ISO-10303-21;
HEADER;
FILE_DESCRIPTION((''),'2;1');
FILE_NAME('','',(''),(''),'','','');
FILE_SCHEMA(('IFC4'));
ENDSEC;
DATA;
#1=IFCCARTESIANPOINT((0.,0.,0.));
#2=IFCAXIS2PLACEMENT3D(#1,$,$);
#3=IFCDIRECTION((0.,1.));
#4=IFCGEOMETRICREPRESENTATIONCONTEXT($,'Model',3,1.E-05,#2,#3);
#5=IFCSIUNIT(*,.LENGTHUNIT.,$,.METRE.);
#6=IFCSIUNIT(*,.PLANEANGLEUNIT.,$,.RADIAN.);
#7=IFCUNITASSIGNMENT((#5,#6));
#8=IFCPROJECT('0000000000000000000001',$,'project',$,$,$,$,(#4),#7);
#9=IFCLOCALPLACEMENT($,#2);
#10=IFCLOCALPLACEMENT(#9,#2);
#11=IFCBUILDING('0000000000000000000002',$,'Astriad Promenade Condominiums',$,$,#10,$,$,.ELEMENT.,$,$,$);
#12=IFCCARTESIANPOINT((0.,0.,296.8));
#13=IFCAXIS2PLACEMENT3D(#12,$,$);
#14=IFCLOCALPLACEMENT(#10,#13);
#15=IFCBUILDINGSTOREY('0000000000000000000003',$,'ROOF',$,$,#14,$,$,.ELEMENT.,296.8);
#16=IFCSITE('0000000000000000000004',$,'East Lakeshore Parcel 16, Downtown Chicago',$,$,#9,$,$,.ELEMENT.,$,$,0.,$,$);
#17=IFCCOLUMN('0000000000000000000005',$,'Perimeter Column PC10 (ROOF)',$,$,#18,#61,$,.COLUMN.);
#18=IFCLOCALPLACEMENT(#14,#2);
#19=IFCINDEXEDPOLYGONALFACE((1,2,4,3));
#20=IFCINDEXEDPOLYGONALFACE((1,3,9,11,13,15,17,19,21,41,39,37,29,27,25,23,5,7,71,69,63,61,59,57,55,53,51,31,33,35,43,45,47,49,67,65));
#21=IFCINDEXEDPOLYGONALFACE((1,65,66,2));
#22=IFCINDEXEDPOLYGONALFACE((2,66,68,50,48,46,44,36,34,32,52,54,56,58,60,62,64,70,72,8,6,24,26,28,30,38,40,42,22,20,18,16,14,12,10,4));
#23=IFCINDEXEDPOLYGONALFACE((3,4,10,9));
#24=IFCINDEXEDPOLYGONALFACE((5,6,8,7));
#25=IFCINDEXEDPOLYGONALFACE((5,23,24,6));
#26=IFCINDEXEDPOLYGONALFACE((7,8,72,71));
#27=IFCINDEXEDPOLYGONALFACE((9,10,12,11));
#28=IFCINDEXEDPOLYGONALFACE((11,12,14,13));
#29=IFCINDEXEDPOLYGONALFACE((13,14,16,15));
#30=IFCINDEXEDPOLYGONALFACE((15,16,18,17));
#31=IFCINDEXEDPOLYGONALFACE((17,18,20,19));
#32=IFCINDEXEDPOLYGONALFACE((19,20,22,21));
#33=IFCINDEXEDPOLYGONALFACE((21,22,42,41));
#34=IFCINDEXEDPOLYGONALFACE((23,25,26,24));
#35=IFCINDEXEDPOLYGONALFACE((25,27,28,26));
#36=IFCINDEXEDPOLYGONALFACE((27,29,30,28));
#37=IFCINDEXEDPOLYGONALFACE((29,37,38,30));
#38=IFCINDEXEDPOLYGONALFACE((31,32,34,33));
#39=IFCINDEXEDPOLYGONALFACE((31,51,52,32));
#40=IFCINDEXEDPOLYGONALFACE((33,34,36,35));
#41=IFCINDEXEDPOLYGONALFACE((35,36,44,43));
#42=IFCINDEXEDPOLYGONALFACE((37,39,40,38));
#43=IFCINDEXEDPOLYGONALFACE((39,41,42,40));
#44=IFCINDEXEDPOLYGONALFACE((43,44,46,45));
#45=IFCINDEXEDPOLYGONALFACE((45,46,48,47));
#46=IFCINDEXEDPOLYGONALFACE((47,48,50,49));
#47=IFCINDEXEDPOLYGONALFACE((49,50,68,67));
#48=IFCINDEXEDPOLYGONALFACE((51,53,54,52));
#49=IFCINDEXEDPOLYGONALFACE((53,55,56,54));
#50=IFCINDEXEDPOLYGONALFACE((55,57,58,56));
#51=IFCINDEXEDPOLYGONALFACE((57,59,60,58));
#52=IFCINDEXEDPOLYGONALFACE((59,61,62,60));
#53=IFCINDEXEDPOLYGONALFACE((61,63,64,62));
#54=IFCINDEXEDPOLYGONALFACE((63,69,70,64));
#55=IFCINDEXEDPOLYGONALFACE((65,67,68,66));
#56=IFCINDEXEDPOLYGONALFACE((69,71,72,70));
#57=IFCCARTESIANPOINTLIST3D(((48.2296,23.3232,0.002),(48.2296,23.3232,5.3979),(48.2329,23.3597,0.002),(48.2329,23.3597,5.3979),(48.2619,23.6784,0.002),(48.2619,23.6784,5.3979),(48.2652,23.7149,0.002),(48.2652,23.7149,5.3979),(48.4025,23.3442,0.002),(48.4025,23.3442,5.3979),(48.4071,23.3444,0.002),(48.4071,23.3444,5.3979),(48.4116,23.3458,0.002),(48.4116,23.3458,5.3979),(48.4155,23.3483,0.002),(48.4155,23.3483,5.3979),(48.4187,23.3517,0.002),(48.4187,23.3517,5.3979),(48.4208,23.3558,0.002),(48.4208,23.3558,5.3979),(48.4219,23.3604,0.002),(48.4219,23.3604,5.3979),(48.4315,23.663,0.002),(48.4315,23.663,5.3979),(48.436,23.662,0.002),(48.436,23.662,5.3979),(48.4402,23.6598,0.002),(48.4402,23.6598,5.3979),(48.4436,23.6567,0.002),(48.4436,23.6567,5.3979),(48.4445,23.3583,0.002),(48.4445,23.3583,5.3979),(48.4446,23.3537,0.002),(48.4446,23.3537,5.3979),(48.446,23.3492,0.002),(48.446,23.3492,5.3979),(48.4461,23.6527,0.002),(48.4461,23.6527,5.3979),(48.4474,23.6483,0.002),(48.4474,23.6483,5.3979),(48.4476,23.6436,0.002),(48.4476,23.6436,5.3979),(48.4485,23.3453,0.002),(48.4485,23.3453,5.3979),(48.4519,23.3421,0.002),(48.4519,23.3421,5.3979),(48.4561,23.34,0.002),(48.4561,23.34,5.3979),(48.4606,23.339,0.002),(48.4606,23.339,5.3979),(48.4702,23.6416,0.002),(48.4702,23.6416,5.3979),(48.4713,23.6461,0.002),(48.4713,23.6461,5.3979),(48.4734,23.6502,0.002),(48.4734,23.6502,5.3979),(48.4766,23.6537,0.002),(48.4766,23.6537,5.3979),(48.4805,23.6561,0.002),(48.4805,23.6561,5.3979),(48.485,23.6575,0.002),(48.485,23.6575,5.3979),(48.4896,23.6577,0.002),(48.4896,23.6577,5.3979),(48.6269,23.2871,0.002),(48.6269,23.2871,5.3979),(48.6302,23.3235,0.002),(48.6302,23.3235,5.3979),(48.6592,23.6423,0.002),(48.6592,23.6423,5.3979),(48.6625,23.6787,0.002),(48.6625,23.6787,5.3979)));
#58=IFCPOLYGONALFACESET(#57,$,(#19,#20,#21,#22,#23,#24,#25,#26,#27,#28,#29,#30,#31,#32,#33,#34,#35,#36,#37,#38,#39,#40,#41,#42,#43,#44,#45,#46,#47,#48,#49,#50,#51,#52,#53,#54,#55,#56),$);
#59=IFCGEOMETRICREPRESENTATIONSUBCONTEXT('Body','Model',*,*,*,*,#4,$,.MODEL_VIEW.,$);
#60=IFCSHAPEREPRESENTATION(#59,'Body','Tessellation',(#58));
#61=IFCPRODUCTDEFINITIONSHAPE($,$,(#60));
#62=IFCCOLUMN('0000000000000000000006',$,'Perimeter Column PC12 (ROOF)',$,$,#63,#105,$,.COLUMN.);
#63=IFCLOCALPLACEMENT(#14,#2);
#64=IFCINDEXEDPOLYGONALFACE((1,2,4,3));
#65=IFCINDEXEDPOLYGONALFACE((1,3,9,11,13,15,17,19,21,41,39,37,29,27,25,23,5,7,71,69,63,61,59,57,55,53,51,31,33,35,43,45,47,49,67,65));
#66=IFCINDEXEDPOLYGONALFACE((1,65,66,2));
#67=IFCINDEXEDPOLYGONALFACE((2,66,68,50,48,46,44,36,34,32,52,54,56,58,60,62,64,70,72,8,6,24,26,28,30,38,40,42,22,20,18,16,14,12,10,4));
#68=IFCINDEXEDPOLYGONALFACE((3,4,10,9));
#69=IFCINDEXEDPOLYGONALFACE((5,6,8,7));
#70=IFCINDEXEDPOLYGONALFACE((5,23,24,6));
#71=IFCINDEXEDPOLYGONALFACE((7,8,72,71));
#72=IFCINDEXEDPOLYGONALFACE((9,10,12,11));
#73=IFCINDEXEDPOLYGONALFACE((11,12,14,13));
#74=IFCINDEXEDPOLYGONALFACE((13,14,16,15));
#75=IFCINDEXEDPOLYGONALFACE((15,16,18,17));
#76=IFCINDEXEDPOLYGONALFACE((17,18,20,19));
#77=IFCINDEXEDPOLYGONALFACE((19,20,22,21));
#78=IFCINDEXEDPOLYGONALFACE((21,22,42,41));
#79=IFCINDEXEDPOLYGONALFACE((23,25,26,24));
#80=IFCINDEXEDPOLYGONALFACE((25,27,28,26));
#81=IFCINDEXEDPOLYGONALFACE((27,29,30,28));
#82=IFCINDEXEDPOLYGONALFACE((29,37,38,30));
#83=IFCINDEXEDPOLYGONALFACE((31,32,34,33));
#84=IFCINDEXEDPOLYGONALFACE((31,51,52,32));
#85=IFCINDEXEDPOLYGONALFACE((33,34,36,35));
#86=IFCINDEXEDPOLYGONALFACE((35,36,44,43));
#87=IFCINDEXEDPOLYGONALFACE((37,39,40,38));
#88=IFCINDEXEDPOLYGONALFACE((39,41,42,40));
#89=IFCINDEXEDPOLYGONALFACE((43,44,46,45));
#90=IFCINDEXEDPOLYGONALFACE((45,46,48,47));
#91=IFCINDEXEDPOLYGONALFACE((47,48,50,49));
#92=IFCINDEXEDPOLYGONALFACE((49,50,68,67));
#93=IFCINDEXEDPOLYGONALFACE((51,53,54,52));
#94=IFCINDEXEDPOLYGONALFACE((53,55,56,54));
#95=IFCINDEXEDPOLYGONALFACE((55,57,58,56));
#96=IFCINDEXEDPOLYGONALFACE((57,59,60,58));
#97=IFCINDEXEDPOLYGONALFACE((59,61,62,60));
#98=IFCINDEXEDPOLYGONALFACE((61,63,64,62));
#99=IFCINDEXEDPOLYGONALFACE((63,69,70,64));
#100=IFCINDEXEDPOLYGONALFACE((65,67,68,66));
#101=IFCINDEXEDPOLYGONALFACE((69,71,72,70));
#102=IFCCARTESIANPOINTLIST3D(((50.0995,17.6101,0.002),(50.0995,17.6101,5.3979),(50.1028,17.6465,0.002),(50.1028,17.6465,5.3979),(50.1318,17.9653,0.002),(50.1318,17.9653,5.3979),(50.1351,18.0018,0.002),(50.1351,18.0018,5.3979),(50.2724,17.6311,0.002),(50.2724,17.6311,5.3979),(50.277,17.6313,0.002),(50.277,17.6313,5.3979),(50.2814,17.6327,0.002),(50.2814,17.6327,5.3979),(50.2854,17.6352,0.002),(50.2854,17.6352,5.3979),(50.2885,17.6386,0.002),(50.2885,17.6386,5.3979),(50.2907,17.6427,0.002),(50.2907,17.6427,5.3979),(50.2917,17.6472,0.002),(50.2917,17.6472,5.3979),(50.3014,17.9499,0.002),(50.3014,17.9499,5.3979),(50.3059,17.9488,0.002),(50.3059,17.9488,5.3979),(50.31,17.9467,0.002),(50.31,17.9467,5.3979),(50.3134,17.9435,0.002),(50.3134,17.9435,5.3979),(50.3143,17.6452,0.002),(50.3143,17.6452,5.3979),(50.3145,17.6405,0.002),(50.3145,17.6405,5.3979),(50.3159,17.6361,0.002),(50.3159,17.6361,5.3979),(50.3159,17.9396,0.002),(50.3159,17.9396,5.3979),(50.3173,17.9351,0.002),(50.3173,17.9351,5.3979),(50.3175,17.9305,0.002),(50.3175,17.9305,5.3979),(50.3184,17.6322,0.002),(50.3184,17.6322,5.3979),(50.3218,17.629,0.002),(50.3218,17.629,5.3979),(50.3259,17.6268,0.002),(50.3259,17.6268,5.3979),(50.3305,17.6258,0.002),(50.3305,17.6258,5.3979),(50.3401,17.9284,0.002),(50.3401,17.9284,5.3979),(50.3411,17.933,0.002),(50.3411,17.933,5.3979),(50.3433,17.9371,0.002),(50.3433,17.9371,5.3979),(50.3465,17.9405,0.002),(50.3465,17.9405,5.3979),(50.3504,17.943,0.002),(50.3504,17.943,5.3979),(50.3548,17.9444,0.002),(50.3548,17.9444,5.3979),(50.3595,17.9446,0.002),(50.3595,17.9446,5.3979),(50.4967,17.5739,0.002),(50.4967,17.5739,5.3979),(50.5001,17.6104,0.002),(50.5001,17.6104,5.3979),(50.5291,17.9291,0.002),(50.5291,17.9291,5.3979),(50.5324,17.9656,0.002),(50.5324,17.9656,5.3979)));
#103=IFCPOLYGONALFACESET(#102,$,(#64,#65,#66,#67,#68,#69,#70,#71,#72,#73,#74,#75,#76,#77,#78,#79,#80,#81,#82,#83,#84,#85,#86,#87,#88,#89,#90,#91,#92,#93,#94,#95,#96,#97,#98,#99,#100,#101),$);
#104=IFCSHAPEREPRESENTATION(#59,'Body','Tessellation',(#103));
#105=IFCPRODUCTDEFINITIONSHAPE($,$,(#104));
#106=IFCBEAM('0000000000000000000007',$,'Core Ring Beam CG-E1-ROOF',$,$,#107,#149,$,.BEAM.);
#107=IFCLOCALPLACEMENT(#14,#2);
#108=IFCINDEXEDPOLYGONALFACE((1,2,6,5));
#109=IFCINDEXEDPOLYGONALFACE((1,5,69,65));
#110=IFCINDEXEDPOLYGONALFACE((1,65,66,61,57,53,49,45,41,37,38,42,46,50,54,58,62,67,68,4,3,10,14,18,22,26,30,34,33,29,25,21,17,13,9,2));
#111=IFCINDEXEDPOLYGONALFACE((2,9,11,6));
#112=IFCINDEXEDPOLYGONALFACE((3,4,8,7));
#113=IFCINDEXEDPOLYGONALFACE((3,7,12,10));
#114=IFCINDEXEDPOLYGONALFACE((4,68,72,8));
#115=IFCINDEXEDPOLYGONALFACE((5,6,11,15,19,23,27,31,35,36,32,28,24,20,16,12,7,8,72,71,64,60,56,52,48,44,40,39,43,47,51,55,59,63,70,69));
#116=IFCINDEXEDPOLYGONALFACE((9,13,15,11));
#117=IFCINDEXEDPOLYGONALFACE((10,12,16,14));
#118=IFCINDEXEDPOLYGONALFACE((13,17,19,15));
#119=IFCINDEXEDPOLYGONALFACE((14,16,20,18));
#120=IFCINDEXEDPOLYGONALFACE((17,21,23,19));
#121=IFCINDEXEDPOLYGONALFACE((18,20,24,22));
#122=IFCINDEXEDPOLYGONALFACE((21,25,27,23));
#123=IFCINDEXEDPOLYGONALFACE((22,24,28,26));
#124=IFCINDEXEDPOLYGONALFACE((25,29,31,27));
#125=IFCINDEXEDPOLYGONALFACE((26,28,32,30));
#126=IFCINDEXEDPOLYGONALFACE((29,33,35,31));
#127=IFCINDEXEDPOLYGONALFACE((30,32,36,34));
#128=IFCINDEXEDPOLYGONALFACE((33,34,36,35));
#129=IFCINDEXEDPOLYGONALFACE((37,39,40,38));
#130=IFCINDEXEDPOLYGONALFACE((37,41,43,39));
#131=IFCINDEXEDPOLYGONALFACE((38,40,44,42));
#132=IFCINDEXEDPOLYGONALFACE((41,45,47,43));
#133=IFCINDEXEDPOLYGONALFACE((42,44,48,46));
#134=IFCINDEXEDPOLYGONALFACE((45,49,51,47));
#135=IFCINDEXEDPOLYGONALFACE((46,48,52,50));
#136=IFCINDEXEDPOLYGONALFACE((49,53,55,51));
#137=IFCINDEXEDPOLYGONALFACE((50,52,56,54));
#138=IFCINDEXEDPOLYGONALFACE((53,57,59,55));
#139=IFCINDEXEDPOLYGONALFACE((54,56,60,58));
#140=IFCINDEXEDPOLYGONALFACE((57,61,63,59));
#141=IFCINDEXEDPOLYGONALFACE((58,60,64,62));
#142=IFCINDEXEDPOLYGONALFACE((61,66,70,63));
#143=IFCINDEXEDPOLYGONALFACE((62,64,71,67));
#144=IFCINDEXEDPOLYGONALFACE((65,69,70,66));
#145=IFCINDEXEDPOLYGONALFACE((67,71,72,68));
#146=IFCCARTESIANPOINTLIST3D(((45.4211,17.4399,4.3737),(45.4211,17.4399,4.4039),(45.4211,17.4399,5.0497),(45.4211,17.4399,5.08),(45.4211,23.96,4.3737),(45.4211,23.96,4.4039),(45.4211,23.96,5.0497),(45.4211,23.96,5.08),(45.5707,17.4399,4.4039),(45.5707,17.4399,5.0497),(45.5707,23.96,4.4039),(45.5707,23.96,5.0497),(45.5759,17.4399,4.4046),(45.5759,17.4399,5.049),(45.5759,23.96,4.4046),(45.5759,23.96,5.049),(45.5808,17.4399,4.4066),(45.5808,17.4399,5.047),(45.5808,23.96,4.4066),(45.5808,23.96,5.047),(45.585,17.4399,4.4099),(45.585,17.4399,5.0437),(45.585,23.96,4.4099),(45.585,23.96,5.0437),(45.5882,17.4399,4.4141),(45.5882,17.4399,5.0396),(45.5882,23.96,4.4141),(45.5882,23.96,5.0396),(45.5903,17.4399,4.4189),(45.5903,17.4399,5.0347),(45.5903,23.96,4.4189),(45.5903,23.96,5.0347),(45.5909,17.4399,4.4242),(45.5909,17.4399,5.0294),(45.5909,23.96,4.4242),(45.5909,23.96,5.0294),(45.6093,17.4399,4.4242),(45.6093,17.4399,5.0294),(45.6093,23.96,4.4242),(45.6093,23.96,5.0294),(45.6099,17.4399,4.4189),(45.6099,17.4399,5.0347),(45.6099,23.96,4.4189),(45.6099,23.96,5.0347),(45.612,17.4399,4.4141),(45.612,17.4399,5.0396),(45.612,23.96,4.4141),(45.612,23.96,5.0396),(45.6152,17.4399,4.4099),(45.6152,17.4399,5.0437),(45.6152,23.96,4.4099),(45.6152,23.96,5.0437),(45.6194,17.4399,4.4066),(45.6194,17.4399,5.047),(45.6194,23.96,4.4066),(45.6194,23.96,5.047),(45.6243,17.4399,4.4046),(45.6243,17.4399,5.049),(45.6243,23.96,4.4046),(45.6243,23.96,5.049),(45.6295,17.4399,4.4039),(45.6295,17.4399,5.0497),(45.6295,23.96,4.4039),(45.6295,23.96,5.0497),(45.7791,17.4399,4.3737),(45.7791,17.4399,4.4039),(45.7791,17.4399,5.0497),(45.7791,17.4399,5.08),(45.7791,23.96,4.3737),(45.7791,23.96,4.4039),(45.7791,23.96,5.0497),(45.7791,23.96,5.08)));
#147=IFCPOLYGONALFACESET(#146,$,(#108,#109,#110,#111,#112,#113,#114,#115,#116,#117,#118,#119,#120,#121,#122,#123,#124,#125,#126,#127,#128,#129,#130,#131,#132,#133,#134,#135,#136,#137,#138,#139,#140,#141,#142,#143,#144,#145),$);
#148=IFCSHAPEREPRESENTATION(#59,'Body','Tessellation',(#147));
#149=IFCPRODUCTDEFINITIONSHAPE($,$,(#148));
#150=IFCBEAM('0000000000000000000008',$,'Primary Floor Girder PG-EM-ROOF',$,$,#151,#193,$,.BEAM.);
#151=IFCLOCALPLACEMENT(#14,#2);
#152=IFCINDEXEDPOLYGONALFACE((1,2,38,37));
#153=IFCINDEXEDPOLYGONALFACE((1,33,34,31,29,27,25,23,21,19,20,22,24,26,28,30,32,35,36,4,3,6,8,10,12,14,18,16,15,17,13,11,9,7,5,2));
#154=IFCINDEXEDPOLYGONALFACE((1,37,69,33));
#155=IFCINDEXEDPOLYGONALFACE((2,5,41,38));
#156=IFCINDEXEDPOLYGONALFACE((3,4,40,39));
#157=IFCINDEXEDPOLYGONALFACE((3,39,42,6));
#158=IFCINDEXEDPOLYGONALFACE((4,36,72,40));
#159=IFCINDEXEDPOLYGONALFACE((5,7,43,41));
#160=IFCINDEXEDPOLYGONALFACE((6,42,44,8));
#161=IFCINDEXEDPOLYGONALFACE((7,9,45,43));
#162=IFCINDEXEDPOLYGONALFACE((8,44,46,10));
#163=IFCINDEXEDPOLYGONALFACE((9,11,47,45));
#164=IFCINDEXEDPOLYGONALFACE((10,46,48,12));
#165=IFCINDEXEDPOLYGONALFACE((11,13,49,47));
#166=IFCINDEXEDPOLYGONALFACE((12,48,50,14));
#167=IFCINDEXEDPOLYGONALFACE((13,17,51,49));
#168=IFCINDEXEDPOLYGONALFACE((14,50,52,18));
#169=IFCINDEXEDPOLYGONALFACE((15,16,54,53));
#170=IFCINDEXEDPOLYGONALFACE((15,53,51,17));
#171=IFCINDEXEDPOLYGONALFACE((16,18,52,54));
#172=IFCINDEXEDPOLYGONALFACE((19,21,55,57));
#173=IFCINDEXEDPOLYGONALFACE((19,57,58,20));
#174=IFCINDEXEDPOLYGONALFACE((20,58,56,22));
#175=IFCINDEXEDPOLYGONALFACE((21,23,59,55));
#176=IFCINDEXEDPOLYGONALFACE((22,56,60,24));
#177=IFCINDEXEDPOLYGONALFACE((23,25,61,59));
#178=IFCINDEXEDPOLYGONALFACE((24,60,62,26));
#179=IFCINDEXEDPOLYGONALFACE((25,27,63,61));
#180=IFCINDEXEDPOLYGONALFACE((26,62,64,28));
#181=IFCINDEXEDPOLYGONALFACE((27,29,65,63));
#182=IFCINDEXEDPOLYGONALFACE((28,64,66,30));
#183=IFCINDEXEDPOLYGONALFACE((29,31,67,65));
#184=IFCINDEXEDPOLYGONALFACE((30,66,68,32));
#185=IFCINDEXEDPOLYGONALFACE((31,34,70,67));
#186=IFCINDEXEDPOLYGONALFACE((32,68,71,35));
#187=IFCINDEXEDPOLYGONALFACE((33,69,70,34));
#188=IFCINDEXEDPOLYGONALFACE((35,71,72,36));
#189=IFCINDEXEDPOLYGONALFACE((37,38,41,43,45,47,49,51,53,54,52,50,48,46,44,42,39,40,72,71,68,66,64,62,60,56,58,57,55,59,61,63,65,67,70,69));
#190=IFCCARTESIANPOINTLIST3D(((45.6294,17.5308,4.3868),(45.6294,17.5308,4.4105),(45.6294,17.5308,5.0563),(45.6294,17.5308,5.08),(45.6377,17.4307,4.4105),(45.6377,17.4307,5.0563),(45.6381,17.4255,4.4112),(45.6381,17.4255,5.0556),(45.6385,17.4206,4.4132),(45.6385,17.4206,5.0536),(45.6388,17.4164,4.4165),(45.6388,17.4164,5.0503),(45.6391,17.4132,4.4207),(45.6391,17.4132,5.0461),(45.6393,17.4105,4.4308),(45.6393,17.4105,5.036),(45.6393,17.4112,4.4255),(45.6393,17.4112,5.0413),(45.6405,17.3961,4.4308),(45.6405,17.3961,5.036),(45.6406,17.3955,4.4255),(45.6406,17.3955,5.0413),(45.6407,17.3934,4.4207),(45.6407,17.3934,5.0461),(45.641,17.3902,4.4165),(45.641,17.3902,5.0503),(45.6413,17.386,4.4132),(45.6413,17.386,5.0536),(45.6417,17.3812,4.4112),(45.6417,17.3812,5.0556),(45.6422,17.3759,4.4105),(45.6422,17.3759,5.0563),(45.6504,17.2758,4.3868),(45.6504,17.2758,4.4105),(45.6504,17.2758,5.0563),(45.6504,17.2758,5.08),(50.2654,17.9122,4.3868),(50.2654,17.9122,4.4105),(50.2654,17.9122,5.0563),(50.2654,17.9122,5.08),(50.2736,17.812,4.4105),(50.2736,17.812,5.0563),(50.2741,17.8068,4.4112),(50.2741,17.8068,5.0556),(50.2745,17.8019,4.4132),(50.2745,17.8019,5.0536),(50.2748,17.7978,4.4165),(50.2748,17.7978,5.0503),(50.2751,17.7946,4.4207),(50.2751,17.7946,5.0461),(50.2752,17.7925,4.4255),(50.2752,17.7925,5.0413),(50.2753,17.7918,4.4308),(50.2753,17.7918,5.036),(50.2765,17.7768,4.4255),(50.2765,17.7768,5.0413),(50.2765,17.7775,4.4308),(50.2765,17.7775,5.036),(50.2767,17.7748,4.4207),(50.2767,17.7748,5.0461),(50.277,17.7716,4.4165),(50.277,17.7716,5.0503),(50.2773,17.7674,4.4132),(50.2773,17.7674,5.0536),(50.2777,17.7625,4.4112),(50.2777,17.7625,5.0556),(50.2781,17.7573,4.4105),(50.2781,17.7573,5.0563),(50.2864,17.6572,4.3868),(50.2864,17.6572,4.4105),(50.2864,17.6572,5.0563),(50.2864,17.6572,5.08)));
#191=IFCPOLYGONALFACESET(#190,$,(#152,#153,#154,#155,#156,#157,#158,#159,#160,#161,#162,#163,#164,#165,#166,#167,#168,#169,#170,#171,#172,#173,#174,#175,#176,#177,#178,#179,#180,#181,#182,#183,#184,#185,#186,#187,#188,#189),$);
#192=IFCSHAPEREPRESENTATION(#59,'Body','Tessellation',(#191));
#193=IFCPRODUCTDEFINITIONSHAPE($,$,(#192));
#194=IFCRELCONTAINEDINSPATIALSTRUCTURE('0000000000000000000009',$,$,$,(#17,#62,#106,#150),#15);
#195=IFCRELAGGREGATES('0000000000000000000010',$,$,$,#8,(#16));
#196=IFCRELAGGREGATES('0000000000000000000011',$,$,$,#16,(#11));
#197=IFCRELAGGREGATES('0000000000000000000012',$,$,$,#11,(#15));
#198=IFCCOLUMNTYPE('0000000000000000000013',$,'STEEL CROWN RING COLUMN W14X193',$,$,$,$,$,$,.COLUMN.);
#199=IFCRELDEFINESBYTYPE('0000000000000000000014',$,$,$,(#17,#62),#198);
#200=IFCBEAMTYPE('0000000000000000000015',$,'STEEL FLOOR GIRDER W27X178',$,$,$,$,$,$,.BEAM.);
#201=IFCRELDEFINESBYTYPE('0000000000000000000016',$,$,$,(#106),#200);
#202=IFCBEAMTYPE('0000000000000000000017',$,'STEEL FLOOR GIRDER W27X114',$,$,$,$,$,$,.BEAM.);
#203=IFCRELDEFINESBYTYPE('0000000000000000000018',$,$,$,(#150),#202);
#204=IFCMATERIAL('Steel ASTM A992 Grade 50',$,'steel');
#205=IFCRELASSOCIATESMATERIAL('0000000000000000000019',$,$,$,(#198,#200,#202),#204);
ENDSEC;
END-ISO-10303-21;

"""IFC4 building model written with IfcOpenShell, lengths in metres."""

from ifc_helpers import new_model, si_unit, direction, frame, origin, origin_2d, place, context, subcontext, project, spatial, i_section, extrude, source, transform, mapped, material, material_profile, profile_set, type_object, type_shapes, element, save


model = new_model("IFC4")

# Units and contexts
model_context = context("Model", 3, precision=1e-05, world=origin(), true_north=direction((0.0, 1.0)))
body_context = subcontext(model_context, "Body", "Model", "MODEL_VIEW")
ifc_project = project(units=[si_unit("LENGTHUNIT", "METRE"), si_unit("PLANEANGLEUNIT", "RADIAN")], contexts=[model_context])

# Site, building, storey
site_placement = place(None, origin())
site = spatial("IfcSite", under=ifc_project, at=site_placement, Name="East Lakeshore Parcel 16, Downtown Chicago", CompositionType="ELEMENT", RefElevation=0.0)
building_placement = place(site_placement, origin())
building = spatial("IfcBuilding", under=site, at=building_placement, Name="Astriad Promenade Condominiums", CompositionType="ELEMENT")
storey_placement = place(building_placement, frame((0.0, 0.0, 296.8)))
storey = spatial("IfcBuildingStorey", under=building, at=storey_placement, Name="ROOF", CompositionType="ELEMENT", Elevation=296.8)

# Columns
ifc_material_1 = material(Name="Steel ASTM A992 Grade 50", Category="steel")
ifc_material_profile_1 = material_profile(ifc_material_1, i_section(OverallWidth=0.3989, OverallDepth=0.3933, WebThickness=0.0227, FlangeThickness=0.0366, FilletRadius=0.0178, at=origin_2d()), Name="W14X193")
ifc_profile_set_1 = profile_set([ifc_material_profile_1], Name="Steel ASTM A992 Grade 50")
column_type_1 = type_object("IfcColumnType", Name="STEEL CROWN RING COLUMN W14X193", PredefinedType="COLUMN", material=ifc_profile_set_1)
shared_shape_1 = source(origin(), body_context, "Body", "SweptSolid", [
    extrude(i_section(OverallWidth=0.3989, OverallDepth=0.3933, WebThickness=0.0227, FlangeThickness=0.0366, FilletRadius=0.0178, at=origin_2d()), origin(), (0.0, 0.0, 1.0), 5.396),
])
type_shapes(column_type_1, [shared_shape_1])
for number, where, z_axis, x_axis, name in (
    (1, (48.446, 23.501, 0.002), (0.0, 0.0, 1.0), (0.995884, -0.090633, 0.0), "Perimeter Column PC10 (ROOF)"),
    (2, (50.3159, 17.7878, 0.002), (0.0, 0.0, 1.0), (0.995884, -0.090633, 0.0), "Perimeter Column PC12 (ROOF)"),
):
    element("IfcColumn", number, at=place(storey_placement, frame(where, z_axis=z_axis, x_axis=x_axis)), inside=storey, type_object=column_type_1, Name=name, PredefinedType="COLUMN", context=body_context, shape_type="MappedRepresentation", body=[
        mapped(shared_shape_1, transform((0.0, 0.0, 0.0), scale=1.0)),
    ])

# Beams
ifc_material_profile_2 = material_profile(ifc_material_1, i_section(OverallWidth=0.3579, OverallDepth=0.7063, WebThickness=0.0183, FlangeThickness=0.0303, FilletRadius=0.0203, at=origin_2d()), Name="W27X178")
ifc_profile_set_2 = profile_set([ifc_material_profile_2], Name="Steel ASTM A992 Grade 50")
beam_type_1 = type_object("IfcBeamType", Name="STEEL FLOOR GIRDER W27X178", PredefinedType="BEAM", material=ifc_profile_set_2)
shared_shape_2 = source(origin(), body_context, "Body", "SweptSolid", [
    extrude(i_section(OverallWidth=0.3579, OverallDepth=0.7063, WebThickness=0.0183, FlangeThickness=0.0303, FilletRadius=0.0203, at=origin_2d()), origin(), (0.0, 0.0, 1.0), 6.52),
])
type_shapes(beam_type_1, [shared_shape_2])
beam_1_placement = place(storey_placement, frame((45.6001, 17.4399, 4.7268), z_axis=(0.0, 1.0, 0.0), x_axis=(-1.0, 0.0, 0.0)))
element("IfcBeam", 3, at=beam_1_placement, inside=storey, type_object=beam_type_1, Name="Core Ring Beam CG-E1-ROOF", PredefinedType="BEAM", context=body_context, shape_type="MappedRepresentation", body=[
    mapped(shared_shape_2, transform((0.0, 0.0, 0.0), scale=1.0)),
])
ifc_material_profile_3 = material_profile(ifc_material_1, i_section(OverallWidth=0.2559, OverallDepth=0.6931, WebThickness=0.0144, FlangeThickness=0.0237, FilletRadius=0.0203, at=origin_2d()), Name="W27X114")
ifc_profile_set_3 = profile_set([ifc_material_profile_3], Name="Steel ASTM A992 Grade 50")
beam_type_2 = type_object("IfcBeamType", Name="STEEL FLOOR GIRDER W27X114", PredefinedType="BEAM", material=ifc_profile_set_3)
shared_shape_3 = source(origin(), body_context, "Body", "SweptSolid", [
    extrude(i_section(OverallWidth=0.2559, OverallDepth=0.6931, WebThickness=0.0144, FlangeThickness=0.0237, FilletRadius=0.0203, at=origin_2d()), origin(), (0.0, 0.0, 1.0), 4.6516),
])
type_shapes(beam_type_2, [shared_shape_3])
beam_2_placement = place(storey_placement, frame((50.2759, 17.7847, 4.7334), z_axis=(-0.996634, -0.081981, 0.0), x_axis=(0.081981, -0.996634, 0.0)))
element("IfcBeam", 4, at=beam_2_placement, inside=storey, type_object=beam_type_2, Name="Primary Floor Girder PG-EM-ROOF", PredefinedType="BEAM", context=body_context, shape_type="MappedRepresentation", body=[
    mapped(shared_shape_3, transform((0.0, 0.0, 0.0), scale=1.0)),
])

save(model, "model.ifc")
